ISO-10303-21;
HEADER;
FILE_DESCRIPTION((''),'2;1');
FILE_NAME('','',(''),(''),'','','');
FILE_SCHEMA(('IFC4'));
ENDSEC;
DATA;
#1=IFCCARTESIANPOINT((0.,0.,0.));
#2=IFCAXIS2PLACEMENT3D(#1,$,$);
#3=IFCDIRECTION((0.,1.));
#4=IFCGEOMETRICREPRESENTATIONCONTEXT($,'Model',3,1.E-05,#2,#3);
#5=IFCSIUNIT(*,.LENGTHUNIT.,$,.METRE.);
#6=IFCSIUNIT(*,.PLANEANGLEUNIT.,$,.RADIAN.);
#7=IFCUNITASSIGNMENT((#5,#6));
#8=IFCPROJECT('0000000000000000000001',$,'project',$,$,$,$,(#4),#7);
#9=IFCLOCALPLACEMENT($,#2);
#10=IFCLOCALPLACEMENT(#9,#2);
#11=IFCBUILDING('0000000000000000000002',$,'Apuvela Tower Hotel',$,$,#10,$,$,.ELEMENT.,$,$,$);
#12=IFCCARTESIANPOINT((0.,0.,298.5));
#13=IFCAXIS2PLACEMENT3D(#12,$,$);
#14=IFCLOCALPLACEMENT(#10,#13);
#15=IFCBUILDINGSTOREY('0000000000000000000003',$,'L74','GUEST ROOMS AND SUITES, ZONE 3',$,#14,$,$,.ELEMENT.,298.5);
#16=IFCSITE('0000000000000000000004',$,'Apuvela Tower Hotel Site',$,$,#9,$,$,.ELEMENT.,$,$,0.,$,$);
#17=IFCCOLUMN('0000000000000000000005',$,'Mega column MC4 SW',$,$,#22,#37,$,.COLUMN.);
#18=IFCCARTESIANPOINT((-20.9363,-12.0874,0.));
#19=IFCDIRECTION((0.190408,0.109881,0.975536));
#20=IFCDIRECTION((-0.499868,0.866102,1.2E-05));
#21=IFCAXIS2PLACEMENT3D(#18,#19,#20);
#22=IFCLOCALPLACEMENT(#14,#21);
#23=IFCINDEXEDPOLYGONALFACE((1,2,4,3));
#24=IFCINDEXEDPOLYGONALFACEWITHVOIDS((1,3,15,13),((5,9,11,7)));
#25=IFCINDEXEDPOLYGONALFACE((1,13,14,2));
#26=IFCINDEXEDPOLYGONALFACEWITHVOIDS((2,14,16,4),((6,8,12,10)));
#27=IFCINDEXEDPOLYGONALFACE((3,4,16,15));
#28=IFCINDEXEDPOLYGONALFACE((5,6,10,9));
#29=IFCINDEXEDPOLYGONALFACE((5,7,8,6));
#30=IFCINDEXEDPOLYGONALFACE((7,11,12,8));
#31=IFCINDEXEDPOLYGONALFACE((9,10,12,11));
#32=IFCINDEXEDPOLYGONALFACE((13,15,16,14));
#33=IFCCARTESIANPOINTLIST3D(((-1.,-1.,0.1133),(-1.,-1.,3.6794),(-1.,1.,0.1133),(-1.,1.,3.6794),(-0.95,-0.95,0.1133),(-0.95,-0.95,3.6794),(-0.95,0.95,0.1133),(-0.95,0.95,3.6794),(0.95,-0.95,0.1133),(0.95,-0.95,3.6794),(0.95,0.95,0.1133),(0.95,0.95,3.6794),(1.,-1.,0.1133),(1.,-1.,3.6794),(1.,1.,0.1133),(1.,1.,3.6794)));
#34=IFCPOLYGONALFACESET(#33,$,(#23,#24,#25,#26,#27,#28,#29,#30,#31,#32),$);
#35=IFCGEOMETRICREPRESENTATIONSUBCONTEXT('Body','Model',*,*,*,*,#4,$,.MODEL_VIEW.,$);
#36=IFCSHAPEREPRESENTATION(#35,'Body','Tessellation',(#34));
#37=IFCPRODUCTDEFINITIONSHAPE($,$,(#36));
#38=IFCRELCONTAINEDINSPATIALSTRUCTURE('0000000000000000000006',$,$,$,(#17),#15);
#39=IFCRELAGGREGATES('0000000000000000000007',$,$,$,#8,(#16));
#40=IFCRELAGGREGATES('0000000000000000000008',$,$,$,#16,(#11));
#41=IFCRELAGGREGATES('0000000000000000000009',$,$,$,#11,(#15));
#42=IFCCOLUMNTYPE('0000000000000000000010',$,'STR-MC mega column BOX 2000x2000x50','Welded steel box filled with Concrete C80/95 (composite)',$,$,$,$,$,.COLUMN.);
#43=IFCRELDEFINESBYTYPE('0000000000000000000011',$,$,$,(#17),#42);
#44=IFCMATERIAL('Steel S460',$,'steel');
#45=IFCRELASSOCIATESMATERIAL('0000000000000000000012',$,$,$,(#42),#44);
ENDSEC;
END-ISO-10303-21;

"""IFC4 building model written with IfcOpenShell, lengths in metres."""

from ifc_helpers import new_model, si_unit, direction, frame, origin, origin_2d, place, context, subcontext, project, spatial, rectangle, hollow_rectangle, extrude, boolean, halfspace, material, material_profile, profile_set, type_object, element, save


model = new_model("IFC4")

# Units and contexts
model_context = context("Model", 3, precision=1e-05, world=origin(), true_north=direction((0.0, 1.0)))
body_context = subcontext(model_context, "Body", "Model", "MODEL_VIEW")
ifc_project = project(units=[si_unit("LENGTHUNIT", "METRE"), si_unit("PLANEANGLEUNIT", "RADIAN")], contexts=[model_context])

# Site, building, storey
site_placement = place(None, origin())
site = spatial("IfcSite", under=ifc_project, at=site_placement, Name="Apuvela Tower Hotel Site", CompositionType="ELEMENT", RefElevation=0.0)
building_placement = place(site_placement, origin())
building = spatial("IfcBuilding", under=site, at=building_placement, Name="Apuvela Tower Hotel", CompositionType="ELEMENT")
storey_placement = place(building_placement, frame((0.0, 0.0, 298.5)))
storey = spatial("IfcBuildingStorey", under=building, at=storey_placement, Name="L74", Description="GUEST ROOMS AND SUITES, ZONE 3", CompositionType="ELEMENT", Elevation=298.5)

# Column
ifc_material_1 = material(Name="Steel S460", Category="steel")
ifc_material_profile_1 = material_profile(ifc_material_1, hollow_rectangle(XDim=2.0, YDim=2.0, WallThickness=0.05, at=origin_2d()), Name="BOX 2000x2000x50")
ifc_material_2 = material(Name="Concrete C80/95", Category="concrete")
ifc_material_profile_2 = material_profile(ifc_material_2, rectangle(XDim=1.8999, YDim=1.8999, at=origin_2d()), Name="Concrete C80/95 infill")
ifc_profile_set = profile_set([ifc_material_profile_1, ifc_material_profile_2], Name="Steel S460")
column_type = type_object("IfcColumnType", Name="STR-MC mega column BOX 2000x2000x50", Description="Welded steel box filled with Concrete C80/95 (composite)", PredefinedType="COLUMN", material=ifc_profile_set)
column_placement = place(storey_placement, frame((-20.9363, -12.0874, 0.0), z_axis=(0.190408, 0.109881, 0.975536), x_axis=(-0.499868, 0.866102, 0.000012)))
element("IfcColumn", 1, at=column_placement, inside=storey, type_object=column_type, Name="Mega column MC4 SW", PredefinedType="COLUMN", context=body_context, shape_type="SweptSolid", body=[
    boolean("DIFFERENCE", boolean("DIFFERENCE", extrude(hollow_rectangle(XDim=2.0, YDim=2.0, WallThickness=0.05, at=origin_2d()), origin(), (0.0, 0.0, 1.0), 3.7927), halfspace(frame((0.0, 0.0, 0.1133), z_axis=(0.0, 0.0, 1.0), x_axis=(1.0, 0.0, 0.0)), True)), halfspace(frame((0.0, 0.0, 3.6794), z_axis=(0.0, 0.0, 1.0), x_axis=(1.0, 0.0, 0.0)), False)),
])

save(model, "model.ifc")
